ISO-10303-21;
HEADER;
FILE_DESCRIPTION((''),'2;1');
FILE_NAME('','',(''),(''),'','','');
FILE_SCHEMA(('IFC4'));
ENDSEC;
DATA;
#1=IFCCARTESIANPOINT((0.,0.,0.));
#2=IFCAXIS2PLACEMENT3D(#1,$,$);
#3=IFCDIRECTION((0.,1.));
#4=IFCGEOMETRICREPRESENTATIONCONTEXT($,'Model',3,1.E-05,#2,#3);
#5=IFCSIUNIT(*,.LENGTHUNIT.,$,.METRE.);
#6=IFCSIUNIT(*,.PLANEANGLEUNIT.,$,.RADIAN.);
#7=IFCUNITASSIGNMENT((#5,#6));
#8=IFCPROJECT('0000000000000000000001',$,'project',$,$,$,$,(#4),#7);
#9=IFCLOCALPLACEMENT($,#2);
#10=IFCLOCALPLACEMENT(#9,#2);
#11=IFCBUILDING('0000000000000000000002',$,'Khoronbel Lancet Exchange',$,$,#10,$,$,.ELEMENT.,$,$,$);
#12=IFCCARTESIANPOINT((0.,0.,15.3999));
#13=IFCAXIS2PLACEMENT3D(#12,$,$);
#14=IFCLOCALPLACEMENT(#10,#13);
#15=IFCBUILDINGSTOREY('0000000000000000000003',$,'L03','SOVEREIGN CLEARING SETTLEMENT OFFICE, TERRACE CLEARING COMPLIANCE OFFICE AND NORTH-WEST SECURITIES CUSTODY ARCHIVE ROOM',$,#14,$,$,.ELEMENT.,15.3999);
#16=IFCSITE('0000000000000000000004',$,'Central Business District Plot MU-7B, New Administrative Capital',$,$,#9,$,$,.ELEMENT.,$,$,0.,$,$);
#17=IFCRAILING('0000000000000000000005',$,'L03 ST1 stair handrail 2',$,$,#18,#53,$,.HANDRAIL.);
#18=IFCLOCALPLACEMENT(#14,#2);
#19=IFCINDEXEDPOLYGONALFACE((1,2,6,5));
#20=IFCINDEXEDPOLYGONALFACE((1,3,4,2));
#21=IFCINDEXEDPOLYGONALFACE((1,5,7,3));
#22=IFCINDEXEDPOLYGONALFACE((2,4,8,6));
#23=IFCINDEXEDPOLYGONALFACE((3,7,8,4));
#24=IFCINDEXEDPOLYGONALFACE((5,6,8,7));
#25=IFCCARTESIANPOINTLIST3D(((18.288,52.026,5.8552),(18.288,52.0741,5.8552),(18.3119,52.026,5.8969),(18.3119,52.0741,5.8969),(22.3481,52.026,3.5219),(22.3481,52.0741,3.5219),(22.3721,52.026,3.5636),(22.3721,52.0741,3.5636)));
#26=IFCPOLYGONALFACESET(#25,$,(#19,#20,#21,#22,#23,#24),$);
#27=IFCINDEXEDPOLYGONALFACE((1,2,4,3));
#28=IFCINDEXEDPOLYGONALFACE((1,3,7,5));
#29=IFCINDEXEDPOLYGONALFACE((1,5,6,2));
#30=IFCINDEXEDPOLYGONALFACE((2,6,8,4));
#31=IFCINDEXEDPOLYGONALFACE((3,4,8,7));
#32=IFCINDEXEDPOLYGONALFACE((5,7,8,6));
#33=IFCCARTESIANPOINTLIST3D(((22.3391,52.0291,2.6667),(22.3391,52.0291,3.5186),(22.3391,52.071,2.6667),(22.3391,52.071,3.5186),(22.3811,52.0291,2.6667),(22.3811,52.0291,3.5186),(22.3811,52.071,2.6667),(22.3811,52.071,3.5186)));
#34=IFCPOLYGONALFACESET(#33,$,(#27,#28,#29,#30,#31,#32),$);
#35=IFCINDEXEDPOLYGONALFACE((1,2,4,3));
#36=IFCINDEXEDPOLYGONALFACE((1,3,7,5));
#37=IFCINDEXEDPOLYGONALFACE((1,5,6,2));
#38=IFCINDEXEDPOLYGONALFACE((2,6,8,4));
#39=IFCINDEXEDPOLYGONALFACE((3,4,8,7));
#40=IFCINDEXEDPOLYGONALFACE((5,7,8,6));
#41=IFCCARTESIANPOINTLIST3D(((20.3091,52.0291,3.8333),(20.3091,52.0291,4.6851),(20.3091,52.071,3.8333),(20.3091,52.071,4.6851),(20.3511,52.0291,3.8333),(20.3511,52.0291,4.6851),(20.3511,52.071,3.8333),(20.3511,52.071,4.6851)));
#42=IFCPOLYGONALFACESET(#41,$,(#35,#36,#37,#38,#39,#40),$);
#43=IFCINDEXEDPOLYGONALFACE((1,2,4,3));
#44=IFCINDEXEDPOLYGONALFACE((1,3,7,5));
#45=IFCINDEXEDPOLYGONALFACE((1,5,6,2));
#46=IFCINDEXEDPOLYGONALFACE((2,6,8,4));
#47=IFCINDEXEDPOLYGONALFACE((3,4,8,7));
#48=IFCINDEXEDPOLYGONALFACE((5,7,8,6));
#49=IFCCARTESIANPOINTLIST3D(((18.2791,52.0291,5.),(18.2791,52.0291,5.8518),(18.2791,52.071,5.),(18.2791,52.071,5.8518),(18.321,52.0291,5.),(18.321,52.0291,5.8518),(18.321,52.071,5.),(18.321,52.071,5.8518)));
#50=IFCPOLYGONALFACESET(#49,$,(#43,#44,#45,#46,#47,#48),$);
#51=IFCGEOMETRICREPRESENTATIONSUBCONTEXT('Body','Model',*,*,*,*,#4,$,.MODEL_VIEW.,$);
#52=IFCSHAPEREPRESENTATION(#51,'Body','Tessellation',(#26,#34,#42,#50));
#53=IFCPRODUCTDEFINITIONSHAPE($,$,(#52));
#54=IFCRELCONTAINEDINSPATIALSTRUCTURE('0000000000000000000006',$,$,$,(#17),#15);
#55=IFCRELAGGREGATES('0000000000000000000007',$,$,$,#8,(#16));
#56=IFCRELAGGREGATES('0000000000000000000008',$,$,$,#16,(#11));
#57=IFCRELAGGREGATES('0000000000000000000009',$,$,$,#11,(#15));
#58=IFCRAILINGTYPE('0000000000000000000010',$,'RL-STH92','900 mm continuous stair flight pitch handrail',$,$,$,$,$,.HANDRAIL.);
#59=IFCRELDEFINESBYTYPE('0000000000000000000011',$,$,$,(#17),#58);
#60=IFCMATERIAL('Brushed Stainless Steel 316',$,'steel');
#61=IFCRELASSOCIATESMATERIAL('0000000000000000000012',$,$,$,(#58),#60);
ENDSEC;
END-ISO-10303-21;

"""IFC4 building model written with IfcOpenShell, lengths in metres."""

from ifc_helpers import new_model, si_unit, direction, frame, origin, origin_2d, place, context, subcontext, project, spatial, rectangle, extrude, material, type_object, element, save


model = new_model("IFC4")

# Units and contexts
model_context = context("Model", 3, precision=1e-05, world=origin(), true_north=direction((0.0, 1.0)))
body_context = subcontext(model_context, "Body", "Model", "MODEL_VIEW")
ifc_project = project(units=[si_unit("LENGTHUNIT", "METRE"), si_unit("PLANEANGLEUNIT", "RADIAN")], contexts=[model_context])

# Site, building, storey
site_placement = place(None, origin())
site = spatial("IfcSite", under=ifc_project, at=site_placement, Name="Central Business District Plot MU-7B, New Administrative Capital", CompositionType="ELEMENT", RefElevation=0.0)
building_placement = place(site_placement, origin())
building = spatial("IfcBuilding", under=site, at=building_placement, Name="Khoronbel Lancet Exchange", CompositionType="ELEMENT")
storey_placement = place(building_placement, frame((0.0, 0.0, 15.3999)))
storey = spatial("IfcBuildingStorey", under=building, at=storey_placement, Name="L03", Description="SOVEREIGN CLEARING SETTLEMENT OFFICE, TERRACE CLEARING COMPLIANCE OFFICE AND NORTH-WEST SECURITIES CUSTODY ARCHIVE ROOM", CompositionType="ELEMENT", Elevation=15.3999)

# Railing
ifc_material_1 = material(Name="Brushed Stainless Steel 316", Category="steel")
railing_type_1 = type_object("IfcRailingType", Name="RL-STH92", Description="900 mm continuous stair flight pitch handrail", PredefinedType="HANDRAIL", material=ifc_material_1)
railing_1_placement = place(storey_placement, frame((22.3601, 52.05, 2.6667)))
element("IfcRailing", 1, at=railing_1_placement, inside=storey, type_object=railing_type_1, Name="L03 ST1 stair handrail 2", PredefinedType="HANDRAIL", context=body_context, shape_type="SweptSolid", body=[
    extrude(rectangle(XDim=0.0481, YDim=0.0481, at=origin_2d()), frame((0.0, 0.0, 0.876), z_axis=(-0.867025, 0.0, 0.498265), x_axis=(0.0, -1.0, 0.0)), (0.0, 0.0, 1.0), 4.6829),
    extrude(rectangle(XDim=0.042, YDim=0.042, at=origin_2d()), origin(), (0.0, 0.0, 1.0), 0.8518),
    extrude(rectangle(XDim=0.042, YDim=0.042, at=origin_2d()), frame((-2.03, 0.0, 1.1665)), (0.0, 0.0, 1.0), 0.8518),
    extrude(rectangle(XDim=0.042, YDim=0.042, at=origin_2d()), frame((-4.0601, 0.0, 2.3333)), (0.0, 0.0, 1.0), 0.8518),
])

save(model, "model.ifc")
